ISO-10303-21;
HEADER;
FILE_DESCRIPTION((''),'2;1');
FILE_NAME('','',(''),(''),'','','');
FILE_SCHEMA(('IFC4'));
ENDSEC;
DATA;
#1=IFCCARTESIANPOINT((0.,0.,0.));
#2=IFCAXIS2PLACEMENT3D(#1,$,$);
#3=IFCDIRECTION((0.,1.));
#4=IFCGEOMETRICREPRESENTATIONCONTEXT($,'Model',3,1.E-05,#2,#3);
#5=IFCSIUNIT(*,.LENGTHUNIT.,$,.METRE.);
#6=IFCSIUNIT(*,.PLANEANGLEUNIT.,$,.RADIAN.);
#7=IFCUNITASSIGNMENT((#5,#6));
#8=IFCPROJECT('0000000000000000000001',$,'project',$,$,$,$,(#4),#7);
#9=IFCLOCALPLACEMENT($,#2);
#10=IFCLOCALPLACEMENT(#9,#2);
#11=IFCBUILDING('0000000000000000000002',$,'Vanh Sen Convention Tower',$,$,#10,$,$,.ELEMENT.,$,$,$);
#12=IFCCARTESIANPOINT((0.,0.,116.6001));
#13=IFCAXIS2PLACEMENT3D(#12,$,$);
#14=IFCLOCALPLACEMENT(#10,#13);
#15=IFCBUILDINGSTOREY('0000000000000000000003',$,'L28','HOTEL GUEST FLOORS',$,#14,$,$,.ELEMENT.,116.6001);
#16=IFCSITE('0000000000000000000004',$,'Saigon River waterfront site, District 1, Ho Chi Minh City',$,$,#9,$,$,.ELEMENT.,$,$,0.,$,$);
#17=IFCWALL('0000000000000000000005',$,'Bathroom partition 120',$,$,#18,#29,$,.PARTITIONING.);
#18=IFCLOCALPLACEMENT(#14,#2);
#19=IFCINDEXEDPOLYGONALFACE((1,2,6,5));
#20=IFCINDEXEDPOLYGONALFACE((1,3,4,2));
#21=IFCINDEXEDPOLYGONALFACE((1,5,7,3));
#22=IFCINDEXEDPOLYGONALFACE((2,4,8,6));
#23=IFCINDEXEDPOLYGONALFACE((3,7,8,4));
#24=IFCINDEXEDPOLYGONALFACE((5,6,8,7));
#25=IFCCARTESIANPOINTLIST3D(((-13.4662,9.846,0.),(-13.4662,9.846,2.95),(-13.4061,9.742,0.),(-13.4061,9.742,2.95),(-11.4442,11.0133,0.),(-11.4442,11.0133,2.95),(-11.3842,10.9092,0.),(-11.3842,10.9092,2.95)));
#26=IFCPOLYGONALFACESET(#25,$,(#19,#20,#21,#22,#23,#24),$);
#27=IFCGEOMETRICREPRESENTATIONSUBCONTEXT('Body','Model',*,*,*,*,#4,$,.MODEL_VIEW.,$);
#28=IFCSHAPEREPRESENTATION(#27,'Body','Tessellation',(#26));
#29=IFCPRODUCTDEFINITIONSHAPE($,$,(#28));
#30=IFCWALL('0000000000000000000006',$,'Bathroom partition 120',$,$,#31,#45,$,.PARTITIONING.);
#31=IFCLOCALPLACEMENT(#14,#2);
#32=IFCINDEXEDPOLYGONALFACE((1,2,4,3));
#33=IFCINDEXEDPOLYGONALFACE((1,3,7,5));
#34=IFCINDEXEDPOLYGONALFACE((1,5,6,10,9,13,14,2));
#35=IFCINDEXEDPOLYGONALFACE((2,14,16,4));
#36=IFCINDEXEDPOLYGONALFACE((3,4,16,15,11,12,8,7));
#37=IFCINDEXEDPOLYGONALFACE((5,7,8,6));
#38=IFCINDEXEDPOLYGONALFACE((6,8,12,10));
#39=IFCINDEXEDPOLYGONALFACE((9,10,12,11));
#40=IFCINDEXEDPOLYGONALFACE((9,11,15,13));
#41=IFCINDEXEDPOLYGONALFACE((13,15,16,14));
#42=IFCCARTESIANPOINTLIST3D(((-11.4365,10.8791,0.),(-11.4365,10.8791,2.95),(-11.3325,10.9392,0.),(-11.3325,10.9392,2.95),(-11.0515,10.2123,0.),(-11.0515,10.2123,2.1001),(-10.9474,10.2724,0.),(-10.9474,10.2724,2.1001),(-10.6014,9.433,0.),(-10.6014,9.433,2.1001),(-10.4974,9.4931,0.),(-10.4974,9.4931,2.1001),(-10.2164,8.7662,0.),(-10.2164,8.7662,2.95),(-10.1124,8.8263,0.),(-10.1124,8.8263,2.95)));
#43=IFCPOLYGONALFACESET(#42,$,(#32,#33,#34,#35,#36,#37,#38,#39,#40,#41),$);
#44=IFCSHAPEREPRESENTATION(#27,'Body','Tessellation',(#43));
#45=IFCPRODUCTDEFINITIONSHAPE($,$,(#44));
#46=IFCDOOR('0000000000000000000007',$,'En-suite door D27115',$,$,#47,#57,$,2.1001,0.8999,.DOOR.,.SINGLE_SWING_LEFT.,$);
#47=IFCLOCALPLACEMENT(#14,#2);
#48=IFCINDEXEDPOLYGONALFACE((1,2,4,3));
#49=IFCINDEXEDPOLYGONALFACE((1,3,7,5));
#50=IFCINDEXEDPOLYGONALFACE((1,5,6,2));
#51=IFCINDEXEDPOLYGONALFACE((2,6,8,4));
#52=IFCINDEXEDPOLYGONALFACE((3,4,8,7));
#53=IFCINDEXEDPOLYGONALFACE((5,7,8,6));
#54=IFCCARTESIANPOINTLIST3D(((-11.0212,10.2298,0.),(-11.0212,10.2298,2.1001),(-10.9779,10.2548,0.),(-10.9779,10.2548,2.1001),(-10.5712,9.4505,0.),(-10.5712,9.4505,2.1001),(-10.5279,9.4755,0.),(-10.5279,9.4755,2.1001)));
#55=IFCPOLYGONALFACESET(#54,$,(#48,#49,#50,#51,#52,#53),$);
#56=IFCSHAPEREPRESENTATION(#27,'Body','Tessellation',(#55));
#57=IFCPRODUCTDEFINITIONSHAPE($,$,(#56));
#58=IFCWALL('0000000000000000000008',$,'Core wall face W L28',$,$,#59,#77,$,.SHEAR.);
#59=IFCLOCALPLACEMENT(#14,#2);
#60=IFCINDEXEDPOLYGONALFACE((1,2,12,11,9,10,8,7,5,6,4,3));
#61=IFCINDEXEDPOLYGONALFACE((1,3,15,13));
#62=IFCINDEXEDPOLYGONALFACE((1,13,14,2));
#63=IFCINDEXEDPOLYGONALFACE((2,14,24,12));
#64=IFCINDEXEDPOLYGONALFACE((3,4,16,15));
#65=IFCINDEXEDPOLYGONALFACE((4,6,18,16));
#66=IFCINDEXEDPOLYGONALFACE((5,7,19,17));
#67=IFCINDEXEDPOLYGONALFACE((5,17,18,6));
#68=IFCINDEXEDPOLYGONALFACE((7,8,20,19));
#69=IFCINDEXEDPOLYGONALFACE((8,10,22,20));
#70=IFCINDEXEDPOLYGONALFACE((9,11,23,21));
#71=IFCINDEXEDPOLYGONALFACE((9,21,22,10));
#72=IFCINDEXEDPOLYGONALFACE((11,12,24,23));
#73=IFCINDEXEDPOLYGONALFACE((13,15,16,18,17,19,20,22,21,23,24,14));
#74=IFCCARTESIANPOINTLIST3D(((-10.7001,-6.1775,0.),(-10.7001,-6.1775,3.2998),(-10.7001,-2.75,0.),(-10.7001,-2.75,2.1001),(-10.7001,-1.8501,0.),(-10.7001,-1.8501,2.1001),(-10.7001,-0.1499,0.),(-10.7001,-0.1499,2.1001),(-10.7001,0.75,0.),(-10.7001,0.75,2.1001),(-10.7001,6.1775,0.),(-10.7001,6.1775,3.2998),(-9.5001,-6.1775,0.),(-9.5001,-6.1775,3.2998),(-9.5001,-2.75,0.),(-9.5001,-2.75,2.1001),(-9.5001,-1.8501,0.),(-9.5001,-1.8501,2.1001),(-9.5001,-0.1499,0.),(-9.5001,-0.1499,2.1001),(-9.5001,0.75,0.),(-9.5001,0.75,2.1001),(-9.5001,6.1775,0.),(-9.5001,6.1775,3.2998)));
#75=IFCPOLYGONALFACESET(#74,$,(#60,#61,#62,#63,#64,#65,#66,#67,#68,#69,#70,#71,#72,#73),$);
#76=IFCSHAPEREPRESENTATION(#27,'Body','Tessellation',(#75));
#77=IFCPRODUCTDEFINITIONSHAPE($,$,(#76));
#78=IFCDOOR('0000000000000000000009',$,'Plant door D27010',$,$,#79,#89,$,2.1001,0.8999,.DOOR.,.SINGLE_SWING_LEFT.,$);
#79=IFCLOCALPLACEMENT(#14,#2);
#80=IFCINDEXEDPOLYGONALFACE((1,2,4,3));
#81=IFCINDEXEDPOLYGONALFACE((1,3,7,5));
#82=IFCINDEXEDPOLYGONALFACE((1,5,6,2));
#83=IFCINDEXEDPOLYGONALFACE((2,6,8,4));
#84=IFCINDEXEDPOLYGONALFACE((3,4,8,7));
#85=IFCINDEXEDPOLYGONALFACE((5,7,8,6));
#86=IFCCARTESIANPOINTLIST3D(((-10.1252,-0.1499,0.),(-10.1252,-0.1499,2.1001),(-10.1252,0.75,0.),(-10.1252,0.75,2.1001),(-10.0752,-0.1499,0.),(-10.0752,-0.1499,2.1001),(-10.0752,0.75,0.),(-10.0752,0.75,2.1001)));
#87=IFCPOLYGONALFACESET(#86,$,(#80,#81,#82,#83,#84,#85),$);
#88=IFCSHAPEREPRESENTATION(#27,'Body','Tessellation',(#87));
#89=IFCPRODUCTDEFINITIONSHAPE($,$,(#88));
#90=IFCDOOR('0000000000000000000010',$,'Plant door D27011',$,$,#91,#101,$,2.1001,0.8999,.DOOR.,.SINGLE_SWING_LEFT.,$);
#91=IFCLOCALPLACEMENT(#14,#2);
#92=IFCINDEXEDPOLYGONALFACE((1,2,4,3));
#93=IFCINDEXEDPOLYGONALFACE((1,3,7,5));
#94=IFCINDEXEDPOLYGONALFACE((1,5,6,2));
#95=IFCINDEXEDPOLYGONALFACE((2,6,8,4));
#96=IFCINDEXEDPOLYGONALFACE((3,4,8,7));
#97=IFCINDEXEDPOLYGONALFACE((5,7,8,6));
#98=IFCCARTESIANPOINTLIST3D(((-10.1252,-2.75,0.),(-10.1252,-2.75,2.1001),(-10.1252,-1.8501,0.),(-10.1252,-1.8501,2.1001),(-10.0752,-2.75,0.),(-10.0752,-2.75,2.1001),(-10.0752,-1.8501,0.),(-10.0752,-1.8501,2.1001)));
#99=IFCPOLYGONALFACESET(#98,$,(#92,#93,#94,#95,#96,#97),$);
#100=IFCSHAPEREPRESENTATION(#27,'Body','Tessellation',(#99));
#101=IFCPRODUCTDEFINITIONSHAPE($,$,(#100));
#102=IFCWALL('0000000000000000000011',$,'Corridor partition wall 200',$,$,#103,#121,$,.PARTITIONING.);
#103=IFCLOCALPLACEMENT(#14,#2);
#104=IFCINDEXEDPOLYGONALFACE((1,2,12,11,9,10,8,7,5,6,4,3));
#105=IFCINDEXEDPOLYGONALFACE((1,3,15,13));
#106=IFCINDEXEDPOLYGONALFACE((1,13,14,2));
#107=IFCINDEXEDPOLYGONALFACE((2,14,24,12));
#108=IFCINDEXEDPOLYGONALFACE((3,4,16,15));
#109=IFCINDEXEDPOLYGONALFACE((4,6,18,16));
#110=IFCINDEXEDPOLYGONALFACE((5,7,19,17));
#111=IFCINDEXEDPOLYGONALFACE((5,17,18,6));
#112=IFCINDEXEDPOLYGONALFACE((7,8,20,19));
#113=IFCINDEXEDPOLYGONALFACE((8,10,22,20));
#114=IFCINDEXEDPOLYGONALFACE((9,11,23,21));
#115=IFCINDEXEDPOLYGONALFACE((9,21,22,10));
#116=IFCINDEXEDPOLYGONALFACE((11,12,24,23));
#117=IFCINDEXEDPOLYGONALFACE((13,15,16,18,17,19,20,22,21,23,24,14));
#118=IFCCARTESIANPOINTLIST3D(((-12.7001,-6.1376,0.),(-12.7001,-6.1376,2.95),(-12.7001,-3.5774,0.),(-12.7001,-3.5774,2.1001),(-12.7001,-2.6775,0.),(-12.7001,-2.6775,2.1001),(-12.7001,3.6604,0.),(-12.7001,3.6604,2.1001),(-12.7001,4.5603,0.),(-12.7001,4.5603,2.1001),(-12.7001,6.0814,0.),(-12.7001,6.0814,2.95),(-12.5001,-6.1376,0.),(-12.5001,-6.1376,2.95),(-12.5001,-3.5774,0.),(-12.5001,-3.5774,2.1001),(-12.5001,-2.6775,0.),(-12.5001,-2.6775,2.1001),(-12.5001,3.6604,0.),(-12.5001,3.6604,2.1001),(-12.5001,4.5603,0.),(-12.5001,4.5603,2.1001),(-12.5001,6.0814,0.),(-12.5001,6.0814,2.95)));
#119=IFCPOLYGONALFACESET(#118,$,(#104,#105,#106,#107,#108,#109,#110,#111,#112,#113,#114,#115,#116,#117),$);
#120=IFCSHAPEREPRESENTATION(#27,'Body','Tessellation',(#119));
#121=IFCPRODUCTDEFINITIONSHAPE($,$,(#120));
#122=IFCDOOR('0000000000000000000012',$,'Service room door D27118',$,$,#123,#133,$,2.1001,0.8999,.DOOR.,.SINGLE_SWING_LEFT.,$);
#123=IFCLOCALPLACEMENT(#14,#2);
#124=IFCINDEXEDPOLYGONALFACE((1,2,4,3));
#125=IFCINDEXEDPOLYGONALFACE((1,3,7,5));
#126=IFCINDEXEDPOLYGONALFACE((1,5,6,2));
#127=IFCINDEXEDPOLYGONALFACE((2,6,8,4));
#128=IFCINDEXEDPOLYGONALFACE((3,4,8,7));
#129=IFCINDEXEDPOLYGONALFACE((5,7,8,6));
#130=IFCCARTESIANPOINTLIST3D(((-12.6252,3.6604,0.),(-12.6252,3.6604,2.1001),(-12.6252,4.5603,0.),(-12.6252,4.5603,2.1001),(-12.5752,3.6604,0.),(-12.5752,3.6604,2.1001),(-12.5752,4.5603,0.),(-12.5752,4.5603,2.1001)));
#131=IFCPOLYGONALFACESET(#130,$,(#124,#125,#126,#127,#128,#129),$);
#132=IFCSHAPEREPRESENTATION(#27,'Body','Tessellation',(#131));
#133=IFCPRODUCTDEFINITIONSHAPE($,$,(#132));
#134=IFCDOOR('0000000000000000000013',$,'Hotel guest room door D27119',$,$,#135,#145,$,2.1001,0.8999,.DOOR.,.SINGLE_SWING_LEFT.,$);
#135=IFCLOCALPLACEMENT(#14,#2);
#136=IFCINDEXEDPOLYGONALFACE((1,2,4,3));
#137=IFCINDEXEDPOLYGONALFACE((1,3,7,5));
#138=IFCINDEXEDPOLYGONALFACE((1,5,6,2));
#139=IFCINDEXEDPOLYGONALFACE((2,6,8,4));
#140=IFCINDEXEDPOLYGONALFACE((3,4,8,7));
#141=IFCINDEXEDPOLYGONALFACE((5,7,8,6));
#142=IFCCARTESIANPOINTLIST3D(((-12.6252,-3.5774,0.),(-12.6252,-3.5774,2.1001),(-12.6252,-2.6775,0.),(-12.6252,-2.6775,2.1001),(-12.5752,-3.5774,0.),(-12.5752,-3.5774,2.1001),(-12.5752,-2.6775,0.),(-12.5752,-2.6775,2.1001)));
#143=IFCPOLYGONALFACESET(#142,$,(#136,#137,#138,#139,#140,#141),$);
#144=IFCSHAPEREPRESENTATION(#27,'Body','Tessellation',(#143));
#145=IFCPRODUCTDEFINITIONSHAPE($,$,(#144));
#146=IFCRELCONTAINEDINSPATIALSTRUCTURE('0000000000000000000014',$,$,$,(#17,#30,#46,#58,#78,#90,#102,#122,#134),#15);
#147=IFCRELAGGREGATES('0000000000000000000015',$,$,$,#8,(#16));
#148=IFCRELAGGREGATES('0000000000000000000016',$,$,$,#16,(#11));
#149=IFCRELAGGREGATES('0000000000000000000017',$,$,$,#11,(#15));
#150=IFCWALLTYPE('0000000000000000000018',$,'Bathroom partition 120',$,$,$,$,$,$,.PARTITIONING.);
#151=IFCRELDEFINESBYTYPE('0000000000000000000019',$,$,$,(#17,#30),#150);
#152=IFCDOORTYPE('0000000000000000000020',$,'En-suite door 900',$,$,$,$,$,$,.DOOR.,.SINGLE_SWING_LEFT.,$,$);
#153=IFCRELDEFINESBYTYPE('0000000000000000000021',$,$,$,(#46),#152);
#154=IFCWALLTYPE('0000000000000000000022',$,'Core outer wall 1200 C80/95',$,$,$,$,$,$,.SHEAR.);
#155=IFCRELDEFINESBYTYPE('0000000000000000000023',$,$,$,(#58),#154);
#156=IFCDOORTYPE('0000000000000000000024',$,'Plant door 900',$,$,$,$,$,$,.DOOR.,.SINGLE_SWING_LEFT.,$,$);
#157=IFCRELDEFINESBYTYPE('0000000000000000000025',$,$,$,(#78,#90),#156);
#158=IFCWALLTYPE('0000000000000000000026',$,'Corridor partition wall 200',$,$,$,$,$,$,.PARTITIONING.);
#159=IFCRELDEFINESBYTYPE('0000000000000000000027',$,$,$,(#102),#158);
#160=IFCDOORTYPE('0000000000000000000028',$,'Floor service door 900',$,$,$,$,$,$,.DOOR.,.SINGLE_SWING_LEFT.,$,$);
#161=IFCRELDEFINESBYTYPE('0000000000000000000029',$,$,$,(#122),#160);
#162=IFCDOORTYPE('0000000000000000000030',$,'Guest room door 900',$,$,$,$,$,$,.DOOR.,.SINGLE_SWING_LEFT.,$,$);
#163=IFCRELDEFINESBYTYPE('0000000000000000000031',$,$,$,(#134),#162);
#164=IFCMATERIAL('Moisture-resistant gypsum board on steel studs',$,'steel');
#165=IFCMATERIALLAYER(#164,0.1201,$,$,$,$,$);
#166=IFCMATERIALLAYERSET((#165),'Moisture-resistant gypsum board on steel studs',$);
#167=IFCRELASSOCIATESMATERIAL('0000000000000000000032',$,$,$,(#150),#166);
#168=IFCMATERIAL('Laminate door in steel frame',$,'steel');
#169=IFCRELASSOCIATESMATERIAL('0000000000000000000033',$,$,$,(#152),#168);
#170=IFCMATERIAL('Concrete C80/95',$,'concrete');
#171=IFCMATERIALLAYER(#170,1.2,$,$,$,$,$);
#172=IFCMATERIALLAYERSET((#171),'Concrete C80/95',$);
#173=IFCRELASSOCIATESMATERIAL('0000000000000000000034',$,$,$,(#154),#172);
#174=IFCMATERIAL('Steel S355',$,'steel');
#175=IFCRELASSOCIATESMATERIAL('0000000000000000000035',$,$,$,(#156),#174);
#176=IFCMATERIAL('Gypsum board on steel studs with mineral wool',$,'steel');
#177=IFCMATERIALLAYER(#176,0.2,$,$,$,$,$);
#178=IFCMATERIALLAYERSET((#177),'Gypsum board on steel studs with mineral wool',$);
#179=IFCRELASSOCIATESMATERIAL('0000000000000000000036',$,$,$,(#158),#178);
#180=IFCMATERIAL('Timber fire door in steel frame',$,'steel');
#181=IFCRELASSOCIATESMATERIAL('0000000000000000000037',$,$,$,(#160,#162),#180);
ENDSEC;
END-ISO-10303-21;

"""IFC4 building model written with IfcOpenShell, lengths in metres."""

from ifc_helpers import new_model, si_unit, direction, frame, frame_2d, origin, place, context, subcontext, project, spatial, rectangle, extrude, material, layer, layer_set, type_object, element, fill, save


model = new_model("IFC4")

# Units and contexts
model_context = context("Model", 3, precision=1e-05, world=origin(), true_north=direction((0.0, 1.0)))
body_context = subcontext(model_context, "Body", "Model", "MODEL_VIEW")
ifc_project = project(units=[si_unit("LENGTHUNIT", "METRE"), si_unit("PLANEANGLEUNIT", "RADIAN")], contexts=[model_context])

# Site, building, storey
site_placement = place(None, origin())
site = spatial("IfcSite", under=ifc_project, at=site_placement, Name="Saigon River waterfront site, District 1, Ho Chi Minh City", CompositionType="ELEMENT", RefElevation=0.0)
building_placement = place(site_placement, origin())
building = spatial("IfcBuilding", under=site, at=building_placement, Name="Vanh Sen Convention Tower", CompositionType="ELEMENT")
storey_placement = place(building_placement, frame((0.0, 0.0, 116.6001)))
storey = spatial("IfcBuildingStorey", under=building, at=storey_placement, Name="L28", Description="HOTEL GUEST FLOORS", CompositionType="ELEMENT", Elevation=116.6001)

# Wall
ifc_material_1 = material(Name="Moisture-resistant gypsum board on steel studs", Category="steel")
ifc_layer_1 = layer(ifc_material_1, 0.1201)
ifc_layer_set_1 = layer_set([ifc_layer_1], Name="Moisture-resistant gypsum board on steel studs")
wall_type_1 = type_object("IfcWallType", Name="Bathroom partition 120", PredefinedType="PARTITIONING", material=ifc_layer_set_1)
wall_1_placement = place(storey_placement, frame((-13.4363, 9.7939, 0.0), z_axis=(0.0, 0.0, 1.0), x_axis=(0.866053, 0.499952, 0.0)))
element("IfcWall", 1, at=wall_1_placement, inside=storey, type_object=wall_type_1, Name="Bathroom partition 120", PredefinedType="PARTITIONING", context=body_context, shape_type="SweptSolid", body=[
    extrude(rectangle(XDim=2.3347, YDim=0.1201, at=frame_2d((1.1675, 0.0))), origin(), (0.0, 0.0, 1.0), 2.95),
])

# Wall, opening, door
wall_2_placement = place(storey_placement, frame((-11.3845, 10.9092, 0.0), z_axis=(0.0, 0.0, 1.0), x_axis=(0.500078, -0.865981, 0.0)))
wall_2 = element("IfcWall", 2, at=wall_2_placement, inside=storey, type_object=wall_type_1, Name="Bathroom partition 120", PredefinedType="PARTITIONING", context=body_context, shape_type="SweptSolid", body=[
    extrude(rectangle(XDim=2.4399, YDim=0.1201, at=frame_2d((1.22, 0.0))), origin(), (0.0, 0.0, 1.0), 2.95),
])
opening_1_placement = place(wall_2_placement, frame((0.77, 0.0, 0.0)))
opening_1 = element("IfcOpeningElement", 3, at=opening_1_placement, cuts=wall_2, PredefinedType="OPENING", context=body_context, shape_type="SweptSolid", body=[
    extrude(rectangle(XDim=0.8999, YDim=2.1001, at=frame_2d((0.45, 1.05))), frame((0.0, 0.0701, 0.0), z_axis=(0.0, -1.0, 0.0), x_axis=(1.0, 0.0, 0.0)), (0.0, 0.0, 1.0), 0.1401),
])
ifc_material_2 = material(Name="Laminate door in steel frame", Category="steel")
door_type_1 = type_object("IfcDoorType", Name="En-suite door 900", OperationType="SINGLE_SWING_LEFT", PredefinedType="DOOR", material=ifc_material_2)
door_1_placement = place(opening_1_placement, origin())
door_1 = element("IfcDoor", 4, at=door_1_placement, inside=storey, type_object=door_type_1, Name="En-suite door D27115", OperationType="SINGLE_SWING_LEFT", OverallHeight=2.1001, OverallWidth=0.8999, PredefinedType="DOOR", context=body_context, shape_type="SweptSolid", body=[
    extrude(rectangle(XDim=0.8999, YDim=2.1001, at=frame_2d((0.45, 1.05))), frame((0.0, 0.0249, 0.0), z_axis=(0.0, -1.0, 0.0), x_axis=(1.0, 0.0, 0.0)), (0.0, 0.0, 1.0), 0.05),
])
fill(opening_1, door_1)

# Walls, openings, doors
ifc_material_3 = material(Name="Concrete C80/95", Category="concrete")
ifc_layer_2 = layer(ifc_material_3, 1.2)
ifc_layer_set_2 = layer_set([ifc_layer_2], Name="Concrete C80/95")
wall_type_2 = type_object("IfcWallType", Name="Core outer wall 1200 C80/95", PredefinedType="SHEAR", material=ifc_layer_set_2)
wall_3_placement = place(storey_placement, frame((-10.1001, 6.1775, 0.0), z_axis=(0.0, 0.0, 1.0), x_axis=(0.0, -1.0, 0.0)))
wall_3 = element("IfcWall", 5, at=wall_3_placement, inside=storey, type_object=wall_type_2, Name="Core wall face W L28", PredefinedType="SHEAR", context=body_context, shape_type="SweptSolid", body=[
    extrude(rectangle(XDim=12.355, YDim=1.2, at=frame_2d((6.1775, 0.0))), origin(), (0.0, 0.0, 1.0), 3.2998),
])
opening_2_placement = place(wall_3_placement, frame((5.4275, 0.0, 0.0)))
opening_2 = element("IfcOpeningElement", 6, at=opening_2_placement, cuts=wall_3, PredefinedType="OPENING", context=body_context, shape_type="SweptSolid", body=[
    extrude(rectangle(XDim=0.8999, YDim=2.1001, at=frame_2d((0.45, 1.05))), frame((0.0, 0.6099, 0.0), z_axis=(0.0, -1.0, 0.0), x_axis=(1.0, 0.0, 0.0)), (0.0, 0.0, 1.0), 1.22),
])
opening_3_placement = place(wall_3_placement, frame((8.0276, 0.0, 0.0)))
opening_3 = element("IfcOpeningElement", 7, at=opening_3_placement, cuts=wall_3, PredefinedType="OPENING", context=body_context, shape_type="SweptSolid", body=[
    extrude(rectangle(XDim=0.8999, YDim=2.1001, at=frame_2d((0.45, 1.05))), frame((0.0, 0.6099, 0.0), z_axis=(0.0, -1.0, 0.0), x_axis=(1.0, 0.0, 0.0)), (0.0, 0.0, 1.0), 1.22),
])
ifc_material_4 = material(Name="Steel S355", Category="steel")
door_type_2 = type_object("IfcDoorType", Name="Plant door 900", OperationType="SINGLE_SWING_LEFT", PredefinedType="DOOR", material=ifc_material_4)
door_2_placement = place(opening_2_placement, origin())
door_2 = element("IfcDoor", 8, at=door_2_placement, inside=storey, type_object=door_type_2, Name="Plant door D27010", OperationType="SINGLE_SWING_LEFT", OverallHeight=2.1001, OverallWidth=0.8999, PredefinedType="DOOR", context=body_context, shape_type="SweptSolid", body=[
    extrude(rectangle(XDim=0.8999, YDim=2.1001, at=frame_2d((0.45, 1.05))), frame((0.0, 0.0249, 0.0), z_axis=(0.0, -1.0, 0.0), x_axis=(1.0, 0.0, 0.0)), (0.0, 0.0, 1.0), 0.05),
])
fill(opening_2, door_2)
door_3_placement = place(opening_3_placement, origin())
door_3 = element("IfcDoor", 9, at=door_3_placement, inside=storey, type_object=door_type_2, Name="Plant door D27011", OperationType="SINGLE_SWING_LEFT", OverallHeight=2.1001, OverallWidth=0.8999, PredefinedType="DOOR", context=body_context, shape_type="SweptSolid", body=[
    extrude(rectangle(XDim=0.8999, YDim=2.1001, at=frame_2d((0.45, 1.05))), frame((0.0, 0.0249, 0.0), z_axis=(0.0, -1.0, 0.0), x_axis=(1.0, 0.0, 0.0)), (0.0, 0.0, 1.0), 0.05),
])
fill(opening_3, door_3)
ifc_material_5 = material(Name="Gypsum board on steel studs with mineral wool", Category="steel")
ifc_layer_3 = layer(ifc_material_5, 0.2)
ifc_layer_set_3 = layer_set([ifc_layer_3], Name="Gypsum board on steel studs with mineral wool")
wall_type_3 = type_object("IfcWallType", Name="Corridor partition wall 200", PredefinedType="PARTITIONING", material=ifc_layer_set_3)
wall_4_placement = place(storey_placement, frame((-12.6001, 6.0813, 0.0), z_axis=(0.0, 0.0, 1.0), x_axis=(0.0, -1.0, 0.0)))
wall_4 = element("IfcWall", 10, at=wall_4_placement, inside=storey, type_object=wall_type_3, Name="Corridor partition wall 200", PredefinedType="PARTITIONING", context=body_context, shape_type="SweptSolid", body=[
    extrude(rectangle(XDim=12.219, YDim=0.2, at=frame_2d((6.1094, 0.0))), origin(), (0.0, 0.0, 1.0), 2.95),
])
opening_4_placement = place(wall_4_placement, frame((1.521, 0.0, 0.0)))
opening_4 = element("IfcOpeningElement", 11, at=opening_4_placement, cuts=wall_4, PredefinedType="OPENING", context=body_context, shape_type="SweptSolid", body=[
    extrude(rectangle(XDim=0.8999, YDim=2.1001, at=frame_2d((0.45, 1.05))), frame((0.0, 0.1099, 0.0), z_axis=(0.0, -1.0, 0.0), x_axis=(1.0, 0.0, 0.0)), (0.0, 0.0, 1.0), 0.22),
])
opening_5_placement = place(wall_4_placement, frame((8.7588, 0.0, 0.0)))
opening_5 = element("IfcOpeningElement", 12, at=opening_5_placement, cuts=wall_4, PredefinedType="OPENING", context=body_context, shape_type="SweptSolid", body=[
    extrude(rectangle(XDim=0.8999, YDim=2.1001, at=frame_2d((0.45, 1.05))), frame((0.0, 0.1099, 0.0), z_axis=(0.0, -1.0, 0.0), x_axis=(1.0, 0.0, 0.0)), (0.0, 0.0, 1.0), 0.22),
])
ifc_material_6 = material(Name="Timber fire door in steel frame", Category="steel")
door_type_3 = type_object("IfcDoorType", Name="Floor service door 900", OperationType="SINGLE_SWING_LEFT", PredefinedType="DOOR", material=ifc_material_6)
door_4_placement = place(opening_4_placement, origin())
door_4 = element("IfcDoor", 13, at=door_4_placement, inside=storey, type_object=door_type_3, Name="Service room door D27118", OperationType="SINGLE_SWING_LEFT", OverallHeight=2.1001, OverallWidth=0.8999, PredefinedType="DOOR", context=body_context, shape_type="SweptSolid", body=[
    extrude(rectangle(XDim=0.8999, YDim=2.1001, at=frame_2d((0.45, 1.05))), frame((0.0, 0.0249, 0.0), z_axis=(0.0, -1.0, 0.0), x_axis=(1.0, 0.0, 0.0)), (0.0, 0.0, 1.0), 0.05),
])
fill(opening_4, door_4)
door_type_4 = type_object("IfcDoorType", Name="Guest room door 900", OperationType="SINGLE_SWING_LEFT", PredefinedType="DOOR", material=ifc_material_6)
door_5_placement = place(opening_5_placement, origin())
door_5 = element("IfcDoor", 14, at=door_5_placement, inside=storey, type_object=door_type_4, Name="Hotel guest room door D27119", OperationType="SINGLE_SWING_LEFT", OverallHeight=2.1001, OverallWidth=0.8999, PredefinedType="DOOR", context=body_context, shape_type="SweptSolid", body=[
    extrude(rectangle(XDim=0.8999, YDim=2.1001, at=frame_2d((0.45, 1.05))), frame((0.0, 0.0249, 0.0), z_axis=(0.0, -1.0, 0.0), x_axis=(1.0, 0.0, 0.0)), (0.0, 0.0, 1.0), 0.05),
])
fill(opening_5, door_5)

save(model, "model.ifc")
